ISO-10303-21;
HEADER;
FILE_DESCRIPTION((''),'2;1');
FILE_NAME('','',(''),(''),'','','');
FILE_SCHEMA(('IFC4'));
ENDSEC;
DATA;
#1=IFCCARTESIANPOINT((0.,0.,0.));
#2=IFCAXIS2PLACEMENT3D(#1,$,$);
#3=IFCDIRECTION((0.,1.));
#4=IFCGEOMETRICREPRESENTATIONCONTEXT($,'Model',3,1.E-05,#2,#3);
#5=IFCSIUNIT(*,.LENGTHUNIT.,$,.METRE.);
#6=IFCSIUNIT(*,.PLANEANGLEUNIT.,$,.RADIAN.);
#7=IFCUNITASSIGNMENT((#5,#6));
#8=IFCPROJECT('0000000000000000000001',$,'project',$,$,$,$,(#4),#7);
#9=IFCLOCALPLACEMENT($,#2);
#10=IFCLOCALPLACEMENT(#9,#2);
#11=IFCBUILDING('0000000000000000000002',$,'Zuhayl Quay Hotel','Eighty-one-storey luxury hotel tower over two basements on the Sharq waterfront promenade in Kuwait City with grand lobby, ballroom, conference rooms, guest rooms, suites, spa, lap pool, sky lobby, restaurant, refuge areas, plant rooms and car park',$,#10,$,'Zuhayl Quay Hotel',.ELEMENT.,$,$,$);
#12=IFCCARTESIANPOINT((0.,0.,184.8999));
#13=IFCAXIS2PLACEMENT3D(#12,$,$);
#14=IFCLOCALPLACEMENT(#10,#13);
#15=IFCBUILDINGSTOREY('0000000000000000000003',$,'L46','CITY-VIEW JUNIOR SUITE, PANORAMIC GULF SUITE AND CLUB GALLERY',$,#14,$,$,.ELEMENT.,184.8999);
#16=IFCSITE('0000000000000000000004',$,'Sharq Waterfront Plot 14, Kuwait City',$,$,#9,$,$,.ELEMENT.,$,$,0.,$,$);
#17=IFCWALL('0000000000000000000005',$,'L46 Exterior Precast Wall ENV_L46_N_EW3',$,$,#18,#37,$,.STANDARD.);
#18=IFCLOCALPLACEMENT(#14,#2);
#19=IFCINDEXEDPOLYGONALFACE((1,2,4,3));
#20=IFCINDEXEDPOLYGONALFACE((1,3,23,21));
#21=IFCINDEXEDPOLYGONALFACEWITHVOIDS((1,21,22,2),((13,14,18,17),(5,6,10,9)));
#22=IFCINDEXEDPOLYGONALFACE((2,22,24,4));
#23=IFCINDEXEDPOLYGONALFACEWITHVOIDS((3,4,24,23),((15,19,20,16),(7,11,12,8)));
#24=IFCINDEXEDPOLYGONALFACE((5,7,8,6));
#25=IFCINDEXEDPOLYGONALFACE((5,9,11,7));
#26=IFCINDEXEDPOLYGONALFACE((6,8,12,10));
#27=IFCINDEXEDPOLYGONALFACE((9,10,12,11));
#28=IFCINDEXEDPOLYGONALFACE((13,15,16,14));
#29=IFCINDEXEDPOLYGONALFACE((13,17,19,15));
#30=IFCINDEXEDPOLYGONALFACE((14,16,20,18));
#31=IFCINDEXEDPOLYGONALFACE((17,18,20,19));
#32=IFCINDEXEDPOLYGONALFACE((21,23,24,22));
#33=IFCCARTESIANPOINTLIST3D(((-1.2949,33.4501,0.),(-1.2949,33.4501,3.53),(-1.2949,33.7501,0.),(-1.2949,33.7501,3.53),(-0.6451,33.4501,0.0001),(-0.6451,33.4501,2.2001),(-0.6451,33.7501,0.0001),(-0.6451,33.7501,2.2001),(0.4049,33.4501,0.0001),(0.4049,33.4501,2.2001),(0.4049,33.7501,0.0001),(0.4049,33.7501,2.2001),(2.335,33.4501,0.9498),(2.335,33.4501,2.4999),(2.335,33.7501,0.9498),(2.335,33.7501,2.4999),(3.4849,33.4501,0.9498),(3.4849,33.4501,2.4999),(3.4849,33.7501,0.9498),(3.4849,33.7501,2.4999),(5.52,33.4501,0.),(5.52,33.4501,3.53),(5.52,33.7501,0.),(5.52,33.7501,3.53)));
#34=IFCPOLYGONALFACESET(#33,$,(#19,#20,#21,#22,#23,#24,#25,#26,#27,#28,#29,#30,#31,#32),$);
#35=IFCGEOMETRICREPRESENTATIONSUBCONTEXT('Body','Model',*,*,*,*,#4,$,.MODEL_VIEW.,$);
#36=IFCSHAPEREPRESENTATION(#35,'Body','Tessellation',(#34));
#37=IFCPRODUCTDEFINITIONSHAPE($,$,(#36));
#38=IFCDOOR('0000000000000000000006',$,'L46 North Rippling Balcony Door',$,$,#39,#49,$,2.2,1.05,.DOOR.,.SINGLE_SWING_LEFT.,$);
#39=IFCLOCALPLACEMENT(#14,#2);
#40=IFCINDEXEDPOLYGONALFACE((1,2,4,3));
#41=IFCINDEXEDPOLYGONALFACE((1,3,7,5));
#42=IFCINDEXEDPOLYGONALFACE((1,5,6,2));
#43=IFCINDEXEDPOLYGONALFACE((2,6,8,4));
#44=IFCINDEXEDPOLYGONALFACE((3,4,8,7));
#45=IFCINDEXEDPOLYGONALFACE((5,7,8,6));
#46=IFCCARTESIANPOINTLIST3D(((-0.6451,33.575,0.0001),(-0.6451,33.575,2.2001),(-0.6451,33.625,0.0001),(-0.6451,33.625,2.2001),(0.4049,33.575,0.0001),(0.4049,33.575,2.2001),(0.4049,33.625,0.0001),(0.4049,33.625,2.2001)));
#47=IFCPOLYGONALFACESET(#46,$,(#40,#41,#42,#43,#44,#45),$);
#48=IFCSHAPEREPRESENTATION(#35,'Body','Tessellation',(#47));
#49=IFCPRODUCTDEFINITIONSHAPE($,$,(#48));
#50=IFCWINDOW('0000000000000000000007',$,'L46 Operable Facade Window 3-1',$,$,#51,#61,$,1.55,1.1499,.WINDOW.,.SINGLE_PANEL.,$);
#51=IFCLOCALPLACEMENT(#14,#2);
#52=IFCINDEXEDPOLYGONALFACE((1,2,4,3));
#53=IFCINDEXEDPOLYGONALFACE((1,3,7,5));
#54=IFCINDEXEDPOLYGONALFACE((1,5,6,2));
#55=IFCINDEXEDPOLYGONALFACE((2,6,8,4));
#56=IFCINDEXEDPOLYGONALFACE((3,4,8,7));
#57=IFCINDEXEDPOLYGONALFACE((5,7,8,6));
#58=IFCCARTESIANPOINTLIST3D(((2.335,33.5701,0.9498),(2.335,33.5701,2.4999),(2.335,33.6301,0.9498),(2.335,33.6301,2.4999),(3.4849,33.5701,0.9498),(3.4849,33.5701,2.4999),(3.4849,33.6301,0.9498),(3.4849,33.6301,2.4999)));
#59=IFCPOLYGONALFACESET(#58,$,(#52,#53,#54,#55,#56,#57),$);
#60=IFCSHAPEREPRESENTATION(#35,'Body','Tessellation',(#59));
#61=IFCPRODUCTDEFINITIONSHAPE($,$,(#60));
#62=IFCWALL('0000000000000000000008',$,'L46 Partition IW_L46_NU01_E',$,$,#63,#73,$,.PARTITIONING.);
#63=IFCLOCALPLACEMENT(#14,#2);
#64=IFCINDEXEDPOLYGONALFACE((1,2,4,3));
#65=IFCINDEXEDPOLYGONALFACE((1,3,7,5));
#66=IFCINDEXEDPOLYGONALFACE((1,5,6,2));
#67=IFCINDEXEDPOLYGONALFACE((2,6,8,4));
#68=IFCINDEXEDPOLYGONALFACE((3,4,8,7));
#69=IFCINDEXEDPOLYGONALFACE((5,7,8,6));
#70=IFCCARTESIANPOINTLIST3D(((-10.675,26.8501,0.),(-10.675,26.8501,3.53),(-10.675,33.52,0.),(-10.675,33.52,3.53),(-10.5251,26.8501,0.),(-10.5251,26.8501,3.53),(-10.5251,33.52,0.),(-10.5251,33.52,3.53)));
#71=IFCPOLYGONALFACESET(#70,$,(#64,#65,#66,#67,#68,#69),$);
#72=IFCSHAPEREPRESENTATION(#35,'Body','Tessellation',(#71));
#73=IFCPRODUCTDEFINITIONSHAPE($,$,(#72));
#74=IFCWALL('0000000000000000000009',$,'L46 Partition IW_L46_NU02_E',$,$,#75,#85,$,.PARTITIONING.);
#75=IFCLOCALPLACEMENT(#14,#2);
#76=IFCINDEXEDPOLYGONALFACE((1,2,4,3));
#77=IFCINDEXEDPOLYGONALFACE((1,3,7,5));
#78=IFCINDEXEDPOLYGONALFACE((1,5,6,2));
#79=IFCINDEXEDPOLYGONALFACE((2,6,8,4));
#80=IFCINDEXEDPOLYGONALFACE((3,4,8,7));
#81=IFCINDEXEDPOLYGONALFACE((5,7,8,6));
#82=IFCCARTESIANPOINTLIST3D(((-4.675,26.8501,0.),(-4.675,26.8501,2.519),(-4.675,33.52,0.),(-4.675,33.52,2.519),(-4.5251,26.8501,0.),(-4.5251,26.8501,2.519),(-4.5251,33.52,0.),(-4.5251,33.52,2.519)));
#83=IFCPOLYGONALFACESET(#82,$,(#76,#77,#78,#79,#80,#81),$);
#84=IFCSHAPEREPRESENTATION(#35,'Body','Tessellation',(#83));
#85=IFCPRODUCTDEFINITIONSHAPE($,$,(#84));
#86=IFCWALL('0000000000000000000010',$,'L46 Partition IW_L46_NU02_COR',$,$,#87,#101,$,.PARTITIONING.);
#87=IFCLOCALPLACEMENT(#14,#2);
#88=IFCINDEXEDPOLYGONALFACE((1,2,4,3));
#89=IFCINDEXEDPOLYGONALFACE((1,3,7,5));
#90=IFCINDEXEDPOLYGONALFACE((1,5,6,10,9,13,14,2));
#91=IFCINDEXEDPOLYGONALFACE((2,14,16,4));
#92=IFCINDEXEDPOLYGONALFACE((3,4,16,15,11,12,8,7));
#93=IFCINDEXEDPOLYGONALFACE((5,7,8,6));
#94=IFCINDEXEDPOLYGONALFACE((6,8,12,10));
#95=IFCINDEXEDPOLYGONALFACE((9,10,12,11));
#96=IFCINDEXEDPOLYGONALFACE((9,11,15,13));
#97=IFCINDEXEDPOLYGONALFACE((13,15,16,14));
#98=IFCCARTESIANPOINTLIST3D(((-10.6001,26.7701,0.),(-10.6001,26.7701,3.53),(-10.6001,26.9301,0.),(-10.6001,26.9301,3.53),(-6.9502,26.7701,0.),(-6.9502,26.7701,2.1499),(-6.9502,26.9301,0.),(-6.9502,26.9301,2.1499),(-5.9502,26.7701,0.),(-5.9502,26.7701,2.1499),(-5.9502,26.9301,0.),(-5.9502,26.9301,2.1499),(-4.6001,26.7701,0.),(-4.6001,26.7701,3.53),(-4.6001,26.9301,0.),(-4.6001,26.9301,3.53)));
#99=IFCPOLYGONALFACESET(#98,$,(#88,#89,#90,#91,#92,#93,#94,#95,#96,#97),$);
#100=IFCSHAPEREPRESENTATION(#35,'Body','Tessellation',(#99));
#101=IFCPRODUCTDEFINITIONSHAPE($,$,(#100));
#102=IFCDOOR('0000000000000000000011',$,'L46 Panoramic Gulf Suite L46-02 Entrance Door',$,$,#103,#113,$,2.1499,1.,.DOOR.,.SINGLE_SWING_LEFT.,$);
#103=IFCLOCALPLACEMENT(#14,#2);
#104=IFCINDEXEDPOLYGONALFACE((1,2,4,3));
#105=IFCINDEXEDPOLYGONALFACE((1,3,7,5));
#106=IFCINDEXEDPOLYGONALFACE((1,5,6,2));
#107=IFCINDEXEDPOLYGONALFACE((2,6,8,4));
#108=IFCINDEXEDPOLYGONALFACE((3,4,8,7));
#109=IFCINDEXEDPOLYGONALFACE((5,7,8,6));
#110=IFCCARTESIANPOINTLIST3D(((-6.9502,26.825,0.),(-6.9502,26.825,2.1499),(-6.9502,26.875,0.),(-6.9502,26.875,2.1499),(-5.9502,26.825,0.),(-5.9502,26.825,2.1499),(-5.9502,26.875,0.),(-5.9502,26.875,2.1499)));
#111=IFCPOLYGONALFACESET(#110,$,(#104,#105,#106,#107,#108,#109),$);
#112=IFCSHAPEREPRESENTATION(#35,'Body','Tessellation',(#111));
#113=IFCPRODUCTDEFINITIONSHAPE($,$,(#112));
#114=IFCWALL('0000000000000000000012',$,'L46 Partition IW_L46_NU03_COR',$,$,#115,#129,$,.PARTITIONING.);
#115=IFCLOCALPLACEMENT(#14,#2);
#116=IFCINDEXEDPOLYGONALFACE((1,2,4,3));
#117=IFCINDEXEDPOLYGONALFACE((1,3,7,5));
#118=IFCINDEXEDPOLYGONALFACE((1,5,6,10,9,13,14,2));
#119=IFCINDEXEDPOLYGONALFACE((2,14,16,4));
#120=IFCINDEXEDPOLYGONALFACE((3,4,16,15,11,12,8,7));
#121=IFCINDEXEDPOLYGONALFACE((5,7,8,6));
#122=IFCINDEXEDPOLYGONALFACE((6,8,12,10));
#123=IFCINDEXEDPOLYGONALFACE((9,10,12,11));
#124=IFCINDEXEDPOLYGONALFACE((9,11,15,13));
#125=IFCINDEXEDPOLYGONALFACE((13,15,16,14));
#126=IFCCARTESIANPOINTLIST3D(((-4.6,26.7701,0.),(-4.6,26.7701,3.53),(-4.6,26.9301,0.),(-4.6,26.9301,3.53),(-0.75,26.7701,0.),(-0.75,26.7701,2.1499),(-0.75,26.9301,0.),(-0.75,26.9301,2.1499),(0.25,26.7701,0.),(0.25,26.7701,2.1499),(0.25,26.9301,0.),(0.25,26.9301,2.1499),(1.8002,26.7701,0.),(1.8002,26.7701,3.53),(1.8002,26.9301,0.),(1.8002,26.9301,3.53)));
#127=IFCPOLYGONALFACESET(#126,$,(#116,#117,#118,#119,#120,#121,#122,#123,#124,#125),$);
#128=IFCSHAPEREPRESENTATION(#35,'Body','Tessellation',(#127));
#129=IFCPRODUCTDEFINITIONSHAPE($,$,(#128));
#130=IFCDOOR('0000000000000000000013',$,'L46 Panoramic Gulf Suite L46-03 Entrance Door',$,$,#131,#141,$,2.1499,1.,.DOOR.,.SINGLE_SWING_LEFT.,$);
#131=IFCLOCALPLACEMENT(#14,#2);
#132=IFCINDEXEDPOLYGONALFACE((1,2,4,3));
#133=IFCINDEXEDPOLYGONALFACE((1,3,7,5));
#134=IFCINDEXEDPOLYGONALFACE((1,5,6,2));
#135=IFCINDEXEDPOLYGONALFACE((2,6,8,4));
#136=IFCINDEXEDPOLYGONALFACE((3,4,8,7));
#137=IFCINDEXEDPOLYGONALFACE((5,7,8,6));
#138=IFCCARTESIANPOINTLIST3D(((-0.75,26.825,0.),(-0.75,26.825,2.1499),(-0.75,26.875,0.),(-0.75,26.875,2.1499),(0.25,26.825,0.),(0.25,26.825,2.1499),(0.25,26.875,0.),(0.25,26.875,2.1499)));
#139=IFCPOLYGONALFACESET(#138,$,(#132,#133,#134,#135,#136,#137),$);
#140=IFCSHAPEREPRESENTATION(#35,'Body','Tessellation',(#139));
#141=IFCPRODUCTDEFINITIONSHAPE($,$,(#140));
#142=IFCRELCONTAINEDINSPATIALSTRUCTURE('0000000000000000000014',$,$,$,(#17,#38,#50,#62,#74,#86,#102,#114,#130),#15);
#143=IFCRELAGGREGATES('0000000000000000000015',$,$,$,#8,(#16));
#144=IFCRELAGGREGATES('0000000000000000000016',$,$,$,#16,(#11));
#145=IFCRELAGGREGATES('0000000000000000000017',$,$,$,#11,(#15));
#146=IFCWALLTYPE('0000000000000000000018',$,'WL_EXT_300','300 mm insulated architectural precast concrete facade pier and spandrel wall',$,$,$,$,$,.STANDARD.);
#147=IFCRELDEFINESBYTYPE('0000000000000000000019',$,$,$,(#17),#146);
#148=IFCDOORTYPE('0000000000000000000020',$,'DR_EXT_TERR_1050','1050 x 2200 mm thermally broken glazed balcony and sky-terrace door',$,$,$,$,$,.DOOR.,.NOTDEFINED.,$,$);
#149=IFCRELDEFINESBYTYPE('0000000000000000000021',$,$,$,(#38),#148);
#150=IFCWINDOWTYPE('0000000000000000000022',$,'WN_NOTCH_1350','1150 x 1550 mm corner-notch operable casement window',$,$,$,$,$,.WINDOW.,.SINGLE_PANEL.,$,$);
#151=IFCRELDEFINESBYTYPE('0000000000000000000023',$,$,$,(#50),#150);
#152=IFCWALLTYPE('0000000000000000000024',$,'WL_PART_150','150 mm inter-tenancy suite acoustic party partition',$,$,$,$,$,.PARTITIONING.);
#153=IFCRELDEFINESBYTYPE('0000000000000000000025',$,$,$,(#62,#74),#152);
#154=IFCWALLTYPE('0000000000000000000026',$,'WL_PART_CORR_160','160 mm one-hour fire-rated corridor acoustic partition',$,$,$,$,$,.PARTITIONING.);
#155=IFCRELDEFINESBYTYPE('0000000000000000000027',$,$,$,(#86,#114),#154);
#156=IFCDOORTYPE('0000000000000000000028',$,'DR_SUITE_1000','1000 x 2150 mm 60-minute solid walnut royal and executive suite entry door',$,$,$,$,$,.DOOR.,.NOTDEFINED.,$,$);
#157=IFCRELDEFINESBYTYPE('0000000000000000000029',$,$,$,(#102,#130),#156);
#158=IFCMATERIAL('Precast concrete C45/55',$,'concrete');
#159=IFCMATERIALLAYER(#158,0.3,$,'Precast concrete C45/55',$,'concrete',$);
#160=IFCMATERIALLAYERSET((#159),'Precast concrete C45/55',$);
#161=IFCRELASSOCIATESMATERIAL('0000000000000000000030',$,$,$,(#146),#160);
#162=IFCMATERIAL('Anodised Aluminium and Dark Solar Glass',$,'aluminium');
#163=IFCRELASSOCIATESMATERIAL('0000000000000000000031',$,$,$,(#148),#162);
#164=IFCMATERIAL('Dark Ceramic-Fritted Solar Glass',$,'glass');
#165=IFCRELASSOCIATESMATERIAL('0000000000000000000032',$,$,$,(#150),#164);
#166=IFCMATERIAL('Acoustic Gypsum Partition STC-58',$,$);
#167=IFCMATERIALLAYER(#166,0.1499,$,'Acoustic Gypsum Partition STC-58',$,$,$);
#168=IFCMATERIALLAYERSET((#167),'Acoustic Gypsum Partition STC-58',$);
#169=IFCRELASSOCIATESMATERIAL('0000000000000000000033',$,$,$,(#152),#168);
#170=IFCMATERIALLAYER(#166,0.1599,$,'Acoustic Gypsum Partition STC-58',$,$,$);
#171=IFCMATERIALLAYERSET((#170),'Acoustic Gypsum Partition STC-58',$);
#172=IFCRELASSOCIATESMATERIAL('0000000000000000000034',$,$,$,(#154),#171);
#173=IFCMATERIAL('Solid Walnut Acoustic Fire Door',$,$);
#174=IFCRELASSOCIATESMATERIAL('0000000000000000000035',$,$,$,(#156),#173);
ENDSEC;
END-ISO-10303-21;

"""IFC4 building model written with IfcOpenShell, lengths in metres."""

from ifc_helpers import new_model, si_unit, direction, frame, frame_2d, origin, place, context, subcontext, project, spatial, rectangle, extrude, material, layer, layer_set, type_object, element, fill, save


model = new_model("IFC4")

# Units and contexts
model_context = context("Model", 3, precision=1e-05, world=origin(), true_north=direction((0.0, 1.0)))
body_context = subcontext(model_context, "Body", "Model", "MODEL_VIEW")
ifc_project = project(units=[si_unit("LENGTHUNIT", "METRE"), si_unit("PLANEANGLEUNIT", "RADIAN")], contexts=[model_context])

# Site, building, storey
site_placement = place(None, origin())
site = spatial("IfcSite", under=ifc_project, at=site_placement, Name="Sharq Waterfront Plot 14, Kuwait City", CompositionType="ELEMENT", RefElevation=0.0)
building_placement = place(site_placement, origin())
building = spatial("IfcBuilding", under=site, at=building_placement, Name="Zuhayl Quay Hotel", Description="Eighty-one-storey luxury hotel tower over two basements on the Sharq waterfront promenade in Kuwait City with grand lobby, ballroom, conference rooms, guest rooms, suites, spa, lap pool, sky lobby, restaurant, refuge areas, plant rooms and car park", LongName="Zuhayl Quay Hotel", CompositionType="ELEMENT")
storey_placement = place(building_placement, frame((0.0, 0.0, 184.8999)))
storey = spatial("IfcBuildingStorey", under=building, at=storey_placement, Name="L46", Description="CITY-VIEW JUNIOR SUITE, PANORAMIC GULF SUITE AND CLUB GALLERY", CompositionType="ELEMENT", Elevation=184.8999)

# Shared definitions
ifc_material_1 = material(Name="Dark Ceramic-Fritted Solar Glass", Category="glass")

# Wall, openings, door, window
ifc_material_2 = material(Name="Precast concrete C45/55", Category="concrete")
ifc_layer_1 = layer(ifc_material_2, 0.3, Name="Precast concrete C45/55", Category="concrete")
ifc_layer_set_1 = layer_set([ifc_layer_1], Name="Precast concrete C45/55")
wall_type_1 = type_object("IfcWallType", Name="WL_EXT_300", Description="300 mm insulated architectural precast concrete facade pier and spandrel wall", PredefinedType="STANDARD", material=ifc_layer_set_1)
wall_1_placement = place(storey_placement, frame((-1.2949, 33.6001, 0.0), z_axis=(0.0, 0.0, 1.0), x_axis=(1.0, 0.0, 0.0)))
wall_1 = element("IfcWall", 1, at=wall_1_placement, inside=storey, type_object=wall_type_1, Name="L46 Exterior Precast Wall ENV_L46_N_EW3", PredefinedType="STANDARD", context=body_context, shape_type="SweptSolid", body=[
    extrude(rectangle(XDim=6.8149, YDim=0.3, at=frame_2d((3.4075, 0.0))), origin(), (0.0, 0.0, 1.0), 3.53),
])
opening_1_placement = place(wall_1_placement, frame((0.6499, 0.0, 0.0)))
opening_1 = element("IfcOpeningElement", 2, at=opening_1_placement, cuts=wall_1, PredefinedType="OPENING", context=body_context, shape_type="SweptSolid", body=[
    extrude(rectangle(XDim=1.05, YDim=2.2, at=frame_2d((0.5249, 1.1001))), frame((0.0, 0.1599, 0.0), z_axis=(0.0, -1.0, 0.0), x_axis=(1.0, 0.0, 0.0)), (0.0, 0.0, 1.0), 0.3201),
])
opening_2_placement = place(wall_1_placement, frame((3.6299, 0.0, 0.95)))
opening_2 = element("IfcOpeningElement", 3, at=opening_2_placement, cuts=wall_1, PredefinedType="OPENING", context=body_context, shape_type="SweptSolid", body=[
    extrude(rectangle(XDim=1.1499, YDim=1.55, at=frame_2d((0.575, 0.7749))), frame((0.0, 0.1599, 0.0), z_axis=(0.0, -1.0, 0.0), x_axis=(1.0, 0.0, 0.0)), (0.0, 0.0, 1.0), 0.3201),
])
ifc_material_3 = material(Name="Anodised Aluminium and Dark Solar Glass", Category="aluminium")
door_type_1 = type_object("IfcDoorType", Name="DR_EXT_TERR_1050", Description="1050 x 2200 mm thermally broken glazed balcony and sky-terrace door", OperationType="NOTDEFINED", PredefinedType="DOOR", material=ifc_material_3)
door_1_placement = place(opening_1_placement, origin())
door_1 = element("IfcDoor", 4, at=door_1_placement, inside=storey, type_object=door_type_1, Name="L46 North Rippling Balcony Door", OperationType="SINGLE_SWING_LEFT", OverallHeight=2.2, OverallWidth=1.05, PredefinedType="DOOR", context=body_context, shape_type="SweptSolid", body=[
    extrude(rectangle(XDim=1.05, YDim=2.2, at=frame_2d((0.5249, 1.1001))), frame((0.0, 0.0249, 0.0), z_axis=(0.0, -1.0, 0.0), x_axis=(1.0, 0.0, 0.0)), (0.0, 0.0, 1.0), 0.05),
])
fill(opening_1, door_1)
window_type = type_object("IfcWindowType", Name="WN_NOTCH_1350", Description="1150 x 1550 mm corner-notch operable casement window", PartitioningType="SINGLE_PANEL", PredefinedType="WINDOW", material=ifc_material_1)
window_placement = place(opening_2_placement, origin())
window = element("IfcWindow", 5, at=window_placement, inside=storey, type_object=window_type, Name="L46 Operable Facade Window 3-1", OverallHeight=1.55, OverallWidth=1.1499, PartitioningType="SINGLE_PANEL", PredefinedType="WINDOW", context=body_context, shape_type="SweptSolid", body=[
    extrude(rectangle(XDim=1.1499, YDim=1.55, at=frame_2d((0.575, 0.7749))), frame((0.0, 0.03, 0.0), z_axis=(0.0, -1.0, 0.0), x_axis=(1.0, 0.0, 0.0)), (0.0, 0.0, 1.0), 0.0601),
])
fill(opening_2, window)

# Walls
ifc_material_4 = material(Name="Acoustic Gypsum Partition STC-58")
ifc_layer_2 = layer(ifc_material_4, 0.1499, Name="Acoustic Gypsum Partition STC-58")
ifc_layer_set_2 = layer_set([ifc_layer_2], Name="Acoustic Gypsum Partition STC-58")
wall_type_2 = type_object("IfcWallType", Name="WL_PART_150", Description="150 mm inter-tenancy suite acoustic party partition", PredefinedType="PARTITIONING", material=ifc_layer_set_2)
wall_2_placement = place(storey_placement, frame((-10.6001, 26.8501, 0.0), z_axis=(0.0, 0.0, 1.0), x_axis=(0.0, 1.0, 0.0)))
element("IfcWall", 6, at=wall_2_placement, inside=storey, type_object=wall_type_2, Name="L46 Partition IW_L46_NU01_E", PredefinedType="PARTITIONING", context=body_context, shape_type="SweptSolid", body=[
    extrude(rectangle(XDim=6.6699, YDim=0.1499, at=frame_2d((3.335, 0.0))), origin(), (0.0, 0.0, 1.0), 3.53),
])
wall_3_placement = place(storey_placement, frame((-4.6001, 26.8501, 0.0), z_axis=(0.0, 0.0, 1.0), x_axis=(0.0, 1.0, 0.0)))
element("IfcWall", 7, at=wall_3_placement, inside=storey, type_object=wall_type_2, Name="L46 Partition IW_L46_NU02_E", PredefinedType="PARTITIONING", context=body_context, shape_type="SweptSolid", body=[
    extrude(rectangle(XDim=6.6699, YDim=0.1499, at=frame_2d((3.335, 0.0))), origin(), (0.0, 0.0, 1.0), 2.519),
])

# Walls, openings, doors
ifc_layer_3 = layer(ifc_material_4, 0.1599, Name="Acoustic Gypsum Partition STC-58")
ifc_layer_set_3 = layer_set([ifc_layer_3], Name="Acoustic Gypsum Partition STC-58")
wall_type_3 = type_object("IfcWallType", Name="WL_PART_CORR_160", Description="160 mm one-hour fire-rated corridor acoustic partition", PredefinedType="PARTITIONING", material=ifc_layer_set_3)
wall_4_placement = place(storey_placement, frame((-10.6001, 26.8501, 0.0), z_axis=(0.0, 0.0, 1.0), x_axis=(1.0, 0.0, 0.0)))
wall_4 = element("IfcWall", 8, at=wall_4_placement, inside=storey, type_object=wall_type_3, Name="L46 Partition IW_L46_NU02_COR", PredefinedType="PARTITIONING", context=body_context, shape_type="SweptSolid", body=[
    extrude(rectangle(XDim=6.0, YDim=0.1599, at=frame_2d((3.0, 0.0))), origin(), (0.0, 0.0, 1.0), 3.53),
])
opening_3_placement = place(wall_4_placement, frame((3.6499, 0.0, 0.0)))
opening_3 = element("IfcOpeningElement", 9, at=opening_3_placement, cuts=wall_4, PredefinedType="OPENING", context=body_context, shape_type="SweptSolid", body=[
    extrude(rectangle(XDim=1.0, YDim=2.1499, at=frame_2d((0.5, 1.075))), frame((0.0, 0.0898, 0.0), z_axis=(0.0, -1.0, 0.0), x_axis=(1.0, 0.0, 0.0)), (0.0, 0.0, 1.0), 0.1799),
])
ifc_material_5 = material(Name="Solid Walnut Acoustic Fire Door")
door_type_2 = type_object("IfcDoorType", Name="DR_SUITE_1000", Description="1000 x 2150 mm 60-minute solid walnut royal and executive suite entry door", OperationType="NOTDEFINED", PredefinedType="DOOR", material=ifc_material_5)
door_2_placement = place(opening_3_placement, origin())
door_2 = element("IfcDoor", 10, at=door_2_placement, inside=storey, type_object=door_type_2, Name="L46 Panoramic Gulf Suite L46-02 Entrance Door", OperationType="SINGLE_SWING_LEFT", OverallHeight=2.1499, OverallWidth=1.0, PredefinedType="DOOR", context=body_context, shape_type="SweptSolid", body=[
    extrude(rectangle(XDim=1.0, YDim=2.1499, at=frame_2d((0.5, 1.075))), frame((0.0, 0.0249, 0.0), z_axis=(0.0, -1.0, 0.0), x_axis=(1.0, 0.0, 0.0)), (0.0, 0.0, 1.0), 0.05),
])
fill(opening_3, door_2)
wall_5_placement = place(storey_placement, frame((-4.6001, 26.8501, 0.0), z_axis=(0.0, 0.0, 1.0), x_axis=(1.0, 0.0, 0.0)))
wall_5 = element("IfcWall", 11, at=wall_5_placement, inside=storey, type_object=wall_type_3, Name="L46 Partition IW_L46_NU03_COR", PredefinedType="PARTITIONING", context=body_context, shape_type="SweptSolid", body=[
    extrude(rectangle(XDim=6.4001, YDim=0.1599, at=frame_2d((3.2002, 0.0))), origin(), (0.0, 0.0, 1.0), 3.53),
])
opening_4_placement = place(wall_5_placement, frame((3.8501, 0.0, 0.0)))
opening_4 = element("IfcOpeningElement", 12, at=opening_4_placement, cuts=wall_5, PredefinedType="OPENING", context=body_context, shape_type="SweptSolid", body=[
    extrude(rectangle(XDim=1.0, YDim=2.1499, at=frame_2d((0.5, 1.075))), frame((0.0, 0.0898, 0.0), z_axis=(0.0, -1.0, 0.0), x_axis=(1.0, 0.0, 0.0)), (0.0, 0.0, 1.0), 0.1799),
])
door_3_placement = place(opening_4_placement, origin())
door_3 = element("IfcDoor", 13, at=door_3_placement, inside=storey, type_object=door_type_2, Name="L46 Panoramic Gulf Suite L46-03 Entrance Door", OperationType="SINGLE_SWING_LEFT", OverallHeight=2.1499, OverallWidth=1.0, PredefinedType="DOOR", context=body_context, shape_type="SweptSolid", body=[
    extrude(rectangle(XDim=1.0, YDim=2.1499, at=frame_2d((0.5, 1.075))), frame((0.0, 0.0249, 0.0), z_axis=(0.0, -1.0, 0.0), x_axis=(1.0, 0.0, 0.0)), (0.0, 0.0, 1.0), 0.05),
])
fill(opening_4, door_3)

save(model, "model.ifc")
